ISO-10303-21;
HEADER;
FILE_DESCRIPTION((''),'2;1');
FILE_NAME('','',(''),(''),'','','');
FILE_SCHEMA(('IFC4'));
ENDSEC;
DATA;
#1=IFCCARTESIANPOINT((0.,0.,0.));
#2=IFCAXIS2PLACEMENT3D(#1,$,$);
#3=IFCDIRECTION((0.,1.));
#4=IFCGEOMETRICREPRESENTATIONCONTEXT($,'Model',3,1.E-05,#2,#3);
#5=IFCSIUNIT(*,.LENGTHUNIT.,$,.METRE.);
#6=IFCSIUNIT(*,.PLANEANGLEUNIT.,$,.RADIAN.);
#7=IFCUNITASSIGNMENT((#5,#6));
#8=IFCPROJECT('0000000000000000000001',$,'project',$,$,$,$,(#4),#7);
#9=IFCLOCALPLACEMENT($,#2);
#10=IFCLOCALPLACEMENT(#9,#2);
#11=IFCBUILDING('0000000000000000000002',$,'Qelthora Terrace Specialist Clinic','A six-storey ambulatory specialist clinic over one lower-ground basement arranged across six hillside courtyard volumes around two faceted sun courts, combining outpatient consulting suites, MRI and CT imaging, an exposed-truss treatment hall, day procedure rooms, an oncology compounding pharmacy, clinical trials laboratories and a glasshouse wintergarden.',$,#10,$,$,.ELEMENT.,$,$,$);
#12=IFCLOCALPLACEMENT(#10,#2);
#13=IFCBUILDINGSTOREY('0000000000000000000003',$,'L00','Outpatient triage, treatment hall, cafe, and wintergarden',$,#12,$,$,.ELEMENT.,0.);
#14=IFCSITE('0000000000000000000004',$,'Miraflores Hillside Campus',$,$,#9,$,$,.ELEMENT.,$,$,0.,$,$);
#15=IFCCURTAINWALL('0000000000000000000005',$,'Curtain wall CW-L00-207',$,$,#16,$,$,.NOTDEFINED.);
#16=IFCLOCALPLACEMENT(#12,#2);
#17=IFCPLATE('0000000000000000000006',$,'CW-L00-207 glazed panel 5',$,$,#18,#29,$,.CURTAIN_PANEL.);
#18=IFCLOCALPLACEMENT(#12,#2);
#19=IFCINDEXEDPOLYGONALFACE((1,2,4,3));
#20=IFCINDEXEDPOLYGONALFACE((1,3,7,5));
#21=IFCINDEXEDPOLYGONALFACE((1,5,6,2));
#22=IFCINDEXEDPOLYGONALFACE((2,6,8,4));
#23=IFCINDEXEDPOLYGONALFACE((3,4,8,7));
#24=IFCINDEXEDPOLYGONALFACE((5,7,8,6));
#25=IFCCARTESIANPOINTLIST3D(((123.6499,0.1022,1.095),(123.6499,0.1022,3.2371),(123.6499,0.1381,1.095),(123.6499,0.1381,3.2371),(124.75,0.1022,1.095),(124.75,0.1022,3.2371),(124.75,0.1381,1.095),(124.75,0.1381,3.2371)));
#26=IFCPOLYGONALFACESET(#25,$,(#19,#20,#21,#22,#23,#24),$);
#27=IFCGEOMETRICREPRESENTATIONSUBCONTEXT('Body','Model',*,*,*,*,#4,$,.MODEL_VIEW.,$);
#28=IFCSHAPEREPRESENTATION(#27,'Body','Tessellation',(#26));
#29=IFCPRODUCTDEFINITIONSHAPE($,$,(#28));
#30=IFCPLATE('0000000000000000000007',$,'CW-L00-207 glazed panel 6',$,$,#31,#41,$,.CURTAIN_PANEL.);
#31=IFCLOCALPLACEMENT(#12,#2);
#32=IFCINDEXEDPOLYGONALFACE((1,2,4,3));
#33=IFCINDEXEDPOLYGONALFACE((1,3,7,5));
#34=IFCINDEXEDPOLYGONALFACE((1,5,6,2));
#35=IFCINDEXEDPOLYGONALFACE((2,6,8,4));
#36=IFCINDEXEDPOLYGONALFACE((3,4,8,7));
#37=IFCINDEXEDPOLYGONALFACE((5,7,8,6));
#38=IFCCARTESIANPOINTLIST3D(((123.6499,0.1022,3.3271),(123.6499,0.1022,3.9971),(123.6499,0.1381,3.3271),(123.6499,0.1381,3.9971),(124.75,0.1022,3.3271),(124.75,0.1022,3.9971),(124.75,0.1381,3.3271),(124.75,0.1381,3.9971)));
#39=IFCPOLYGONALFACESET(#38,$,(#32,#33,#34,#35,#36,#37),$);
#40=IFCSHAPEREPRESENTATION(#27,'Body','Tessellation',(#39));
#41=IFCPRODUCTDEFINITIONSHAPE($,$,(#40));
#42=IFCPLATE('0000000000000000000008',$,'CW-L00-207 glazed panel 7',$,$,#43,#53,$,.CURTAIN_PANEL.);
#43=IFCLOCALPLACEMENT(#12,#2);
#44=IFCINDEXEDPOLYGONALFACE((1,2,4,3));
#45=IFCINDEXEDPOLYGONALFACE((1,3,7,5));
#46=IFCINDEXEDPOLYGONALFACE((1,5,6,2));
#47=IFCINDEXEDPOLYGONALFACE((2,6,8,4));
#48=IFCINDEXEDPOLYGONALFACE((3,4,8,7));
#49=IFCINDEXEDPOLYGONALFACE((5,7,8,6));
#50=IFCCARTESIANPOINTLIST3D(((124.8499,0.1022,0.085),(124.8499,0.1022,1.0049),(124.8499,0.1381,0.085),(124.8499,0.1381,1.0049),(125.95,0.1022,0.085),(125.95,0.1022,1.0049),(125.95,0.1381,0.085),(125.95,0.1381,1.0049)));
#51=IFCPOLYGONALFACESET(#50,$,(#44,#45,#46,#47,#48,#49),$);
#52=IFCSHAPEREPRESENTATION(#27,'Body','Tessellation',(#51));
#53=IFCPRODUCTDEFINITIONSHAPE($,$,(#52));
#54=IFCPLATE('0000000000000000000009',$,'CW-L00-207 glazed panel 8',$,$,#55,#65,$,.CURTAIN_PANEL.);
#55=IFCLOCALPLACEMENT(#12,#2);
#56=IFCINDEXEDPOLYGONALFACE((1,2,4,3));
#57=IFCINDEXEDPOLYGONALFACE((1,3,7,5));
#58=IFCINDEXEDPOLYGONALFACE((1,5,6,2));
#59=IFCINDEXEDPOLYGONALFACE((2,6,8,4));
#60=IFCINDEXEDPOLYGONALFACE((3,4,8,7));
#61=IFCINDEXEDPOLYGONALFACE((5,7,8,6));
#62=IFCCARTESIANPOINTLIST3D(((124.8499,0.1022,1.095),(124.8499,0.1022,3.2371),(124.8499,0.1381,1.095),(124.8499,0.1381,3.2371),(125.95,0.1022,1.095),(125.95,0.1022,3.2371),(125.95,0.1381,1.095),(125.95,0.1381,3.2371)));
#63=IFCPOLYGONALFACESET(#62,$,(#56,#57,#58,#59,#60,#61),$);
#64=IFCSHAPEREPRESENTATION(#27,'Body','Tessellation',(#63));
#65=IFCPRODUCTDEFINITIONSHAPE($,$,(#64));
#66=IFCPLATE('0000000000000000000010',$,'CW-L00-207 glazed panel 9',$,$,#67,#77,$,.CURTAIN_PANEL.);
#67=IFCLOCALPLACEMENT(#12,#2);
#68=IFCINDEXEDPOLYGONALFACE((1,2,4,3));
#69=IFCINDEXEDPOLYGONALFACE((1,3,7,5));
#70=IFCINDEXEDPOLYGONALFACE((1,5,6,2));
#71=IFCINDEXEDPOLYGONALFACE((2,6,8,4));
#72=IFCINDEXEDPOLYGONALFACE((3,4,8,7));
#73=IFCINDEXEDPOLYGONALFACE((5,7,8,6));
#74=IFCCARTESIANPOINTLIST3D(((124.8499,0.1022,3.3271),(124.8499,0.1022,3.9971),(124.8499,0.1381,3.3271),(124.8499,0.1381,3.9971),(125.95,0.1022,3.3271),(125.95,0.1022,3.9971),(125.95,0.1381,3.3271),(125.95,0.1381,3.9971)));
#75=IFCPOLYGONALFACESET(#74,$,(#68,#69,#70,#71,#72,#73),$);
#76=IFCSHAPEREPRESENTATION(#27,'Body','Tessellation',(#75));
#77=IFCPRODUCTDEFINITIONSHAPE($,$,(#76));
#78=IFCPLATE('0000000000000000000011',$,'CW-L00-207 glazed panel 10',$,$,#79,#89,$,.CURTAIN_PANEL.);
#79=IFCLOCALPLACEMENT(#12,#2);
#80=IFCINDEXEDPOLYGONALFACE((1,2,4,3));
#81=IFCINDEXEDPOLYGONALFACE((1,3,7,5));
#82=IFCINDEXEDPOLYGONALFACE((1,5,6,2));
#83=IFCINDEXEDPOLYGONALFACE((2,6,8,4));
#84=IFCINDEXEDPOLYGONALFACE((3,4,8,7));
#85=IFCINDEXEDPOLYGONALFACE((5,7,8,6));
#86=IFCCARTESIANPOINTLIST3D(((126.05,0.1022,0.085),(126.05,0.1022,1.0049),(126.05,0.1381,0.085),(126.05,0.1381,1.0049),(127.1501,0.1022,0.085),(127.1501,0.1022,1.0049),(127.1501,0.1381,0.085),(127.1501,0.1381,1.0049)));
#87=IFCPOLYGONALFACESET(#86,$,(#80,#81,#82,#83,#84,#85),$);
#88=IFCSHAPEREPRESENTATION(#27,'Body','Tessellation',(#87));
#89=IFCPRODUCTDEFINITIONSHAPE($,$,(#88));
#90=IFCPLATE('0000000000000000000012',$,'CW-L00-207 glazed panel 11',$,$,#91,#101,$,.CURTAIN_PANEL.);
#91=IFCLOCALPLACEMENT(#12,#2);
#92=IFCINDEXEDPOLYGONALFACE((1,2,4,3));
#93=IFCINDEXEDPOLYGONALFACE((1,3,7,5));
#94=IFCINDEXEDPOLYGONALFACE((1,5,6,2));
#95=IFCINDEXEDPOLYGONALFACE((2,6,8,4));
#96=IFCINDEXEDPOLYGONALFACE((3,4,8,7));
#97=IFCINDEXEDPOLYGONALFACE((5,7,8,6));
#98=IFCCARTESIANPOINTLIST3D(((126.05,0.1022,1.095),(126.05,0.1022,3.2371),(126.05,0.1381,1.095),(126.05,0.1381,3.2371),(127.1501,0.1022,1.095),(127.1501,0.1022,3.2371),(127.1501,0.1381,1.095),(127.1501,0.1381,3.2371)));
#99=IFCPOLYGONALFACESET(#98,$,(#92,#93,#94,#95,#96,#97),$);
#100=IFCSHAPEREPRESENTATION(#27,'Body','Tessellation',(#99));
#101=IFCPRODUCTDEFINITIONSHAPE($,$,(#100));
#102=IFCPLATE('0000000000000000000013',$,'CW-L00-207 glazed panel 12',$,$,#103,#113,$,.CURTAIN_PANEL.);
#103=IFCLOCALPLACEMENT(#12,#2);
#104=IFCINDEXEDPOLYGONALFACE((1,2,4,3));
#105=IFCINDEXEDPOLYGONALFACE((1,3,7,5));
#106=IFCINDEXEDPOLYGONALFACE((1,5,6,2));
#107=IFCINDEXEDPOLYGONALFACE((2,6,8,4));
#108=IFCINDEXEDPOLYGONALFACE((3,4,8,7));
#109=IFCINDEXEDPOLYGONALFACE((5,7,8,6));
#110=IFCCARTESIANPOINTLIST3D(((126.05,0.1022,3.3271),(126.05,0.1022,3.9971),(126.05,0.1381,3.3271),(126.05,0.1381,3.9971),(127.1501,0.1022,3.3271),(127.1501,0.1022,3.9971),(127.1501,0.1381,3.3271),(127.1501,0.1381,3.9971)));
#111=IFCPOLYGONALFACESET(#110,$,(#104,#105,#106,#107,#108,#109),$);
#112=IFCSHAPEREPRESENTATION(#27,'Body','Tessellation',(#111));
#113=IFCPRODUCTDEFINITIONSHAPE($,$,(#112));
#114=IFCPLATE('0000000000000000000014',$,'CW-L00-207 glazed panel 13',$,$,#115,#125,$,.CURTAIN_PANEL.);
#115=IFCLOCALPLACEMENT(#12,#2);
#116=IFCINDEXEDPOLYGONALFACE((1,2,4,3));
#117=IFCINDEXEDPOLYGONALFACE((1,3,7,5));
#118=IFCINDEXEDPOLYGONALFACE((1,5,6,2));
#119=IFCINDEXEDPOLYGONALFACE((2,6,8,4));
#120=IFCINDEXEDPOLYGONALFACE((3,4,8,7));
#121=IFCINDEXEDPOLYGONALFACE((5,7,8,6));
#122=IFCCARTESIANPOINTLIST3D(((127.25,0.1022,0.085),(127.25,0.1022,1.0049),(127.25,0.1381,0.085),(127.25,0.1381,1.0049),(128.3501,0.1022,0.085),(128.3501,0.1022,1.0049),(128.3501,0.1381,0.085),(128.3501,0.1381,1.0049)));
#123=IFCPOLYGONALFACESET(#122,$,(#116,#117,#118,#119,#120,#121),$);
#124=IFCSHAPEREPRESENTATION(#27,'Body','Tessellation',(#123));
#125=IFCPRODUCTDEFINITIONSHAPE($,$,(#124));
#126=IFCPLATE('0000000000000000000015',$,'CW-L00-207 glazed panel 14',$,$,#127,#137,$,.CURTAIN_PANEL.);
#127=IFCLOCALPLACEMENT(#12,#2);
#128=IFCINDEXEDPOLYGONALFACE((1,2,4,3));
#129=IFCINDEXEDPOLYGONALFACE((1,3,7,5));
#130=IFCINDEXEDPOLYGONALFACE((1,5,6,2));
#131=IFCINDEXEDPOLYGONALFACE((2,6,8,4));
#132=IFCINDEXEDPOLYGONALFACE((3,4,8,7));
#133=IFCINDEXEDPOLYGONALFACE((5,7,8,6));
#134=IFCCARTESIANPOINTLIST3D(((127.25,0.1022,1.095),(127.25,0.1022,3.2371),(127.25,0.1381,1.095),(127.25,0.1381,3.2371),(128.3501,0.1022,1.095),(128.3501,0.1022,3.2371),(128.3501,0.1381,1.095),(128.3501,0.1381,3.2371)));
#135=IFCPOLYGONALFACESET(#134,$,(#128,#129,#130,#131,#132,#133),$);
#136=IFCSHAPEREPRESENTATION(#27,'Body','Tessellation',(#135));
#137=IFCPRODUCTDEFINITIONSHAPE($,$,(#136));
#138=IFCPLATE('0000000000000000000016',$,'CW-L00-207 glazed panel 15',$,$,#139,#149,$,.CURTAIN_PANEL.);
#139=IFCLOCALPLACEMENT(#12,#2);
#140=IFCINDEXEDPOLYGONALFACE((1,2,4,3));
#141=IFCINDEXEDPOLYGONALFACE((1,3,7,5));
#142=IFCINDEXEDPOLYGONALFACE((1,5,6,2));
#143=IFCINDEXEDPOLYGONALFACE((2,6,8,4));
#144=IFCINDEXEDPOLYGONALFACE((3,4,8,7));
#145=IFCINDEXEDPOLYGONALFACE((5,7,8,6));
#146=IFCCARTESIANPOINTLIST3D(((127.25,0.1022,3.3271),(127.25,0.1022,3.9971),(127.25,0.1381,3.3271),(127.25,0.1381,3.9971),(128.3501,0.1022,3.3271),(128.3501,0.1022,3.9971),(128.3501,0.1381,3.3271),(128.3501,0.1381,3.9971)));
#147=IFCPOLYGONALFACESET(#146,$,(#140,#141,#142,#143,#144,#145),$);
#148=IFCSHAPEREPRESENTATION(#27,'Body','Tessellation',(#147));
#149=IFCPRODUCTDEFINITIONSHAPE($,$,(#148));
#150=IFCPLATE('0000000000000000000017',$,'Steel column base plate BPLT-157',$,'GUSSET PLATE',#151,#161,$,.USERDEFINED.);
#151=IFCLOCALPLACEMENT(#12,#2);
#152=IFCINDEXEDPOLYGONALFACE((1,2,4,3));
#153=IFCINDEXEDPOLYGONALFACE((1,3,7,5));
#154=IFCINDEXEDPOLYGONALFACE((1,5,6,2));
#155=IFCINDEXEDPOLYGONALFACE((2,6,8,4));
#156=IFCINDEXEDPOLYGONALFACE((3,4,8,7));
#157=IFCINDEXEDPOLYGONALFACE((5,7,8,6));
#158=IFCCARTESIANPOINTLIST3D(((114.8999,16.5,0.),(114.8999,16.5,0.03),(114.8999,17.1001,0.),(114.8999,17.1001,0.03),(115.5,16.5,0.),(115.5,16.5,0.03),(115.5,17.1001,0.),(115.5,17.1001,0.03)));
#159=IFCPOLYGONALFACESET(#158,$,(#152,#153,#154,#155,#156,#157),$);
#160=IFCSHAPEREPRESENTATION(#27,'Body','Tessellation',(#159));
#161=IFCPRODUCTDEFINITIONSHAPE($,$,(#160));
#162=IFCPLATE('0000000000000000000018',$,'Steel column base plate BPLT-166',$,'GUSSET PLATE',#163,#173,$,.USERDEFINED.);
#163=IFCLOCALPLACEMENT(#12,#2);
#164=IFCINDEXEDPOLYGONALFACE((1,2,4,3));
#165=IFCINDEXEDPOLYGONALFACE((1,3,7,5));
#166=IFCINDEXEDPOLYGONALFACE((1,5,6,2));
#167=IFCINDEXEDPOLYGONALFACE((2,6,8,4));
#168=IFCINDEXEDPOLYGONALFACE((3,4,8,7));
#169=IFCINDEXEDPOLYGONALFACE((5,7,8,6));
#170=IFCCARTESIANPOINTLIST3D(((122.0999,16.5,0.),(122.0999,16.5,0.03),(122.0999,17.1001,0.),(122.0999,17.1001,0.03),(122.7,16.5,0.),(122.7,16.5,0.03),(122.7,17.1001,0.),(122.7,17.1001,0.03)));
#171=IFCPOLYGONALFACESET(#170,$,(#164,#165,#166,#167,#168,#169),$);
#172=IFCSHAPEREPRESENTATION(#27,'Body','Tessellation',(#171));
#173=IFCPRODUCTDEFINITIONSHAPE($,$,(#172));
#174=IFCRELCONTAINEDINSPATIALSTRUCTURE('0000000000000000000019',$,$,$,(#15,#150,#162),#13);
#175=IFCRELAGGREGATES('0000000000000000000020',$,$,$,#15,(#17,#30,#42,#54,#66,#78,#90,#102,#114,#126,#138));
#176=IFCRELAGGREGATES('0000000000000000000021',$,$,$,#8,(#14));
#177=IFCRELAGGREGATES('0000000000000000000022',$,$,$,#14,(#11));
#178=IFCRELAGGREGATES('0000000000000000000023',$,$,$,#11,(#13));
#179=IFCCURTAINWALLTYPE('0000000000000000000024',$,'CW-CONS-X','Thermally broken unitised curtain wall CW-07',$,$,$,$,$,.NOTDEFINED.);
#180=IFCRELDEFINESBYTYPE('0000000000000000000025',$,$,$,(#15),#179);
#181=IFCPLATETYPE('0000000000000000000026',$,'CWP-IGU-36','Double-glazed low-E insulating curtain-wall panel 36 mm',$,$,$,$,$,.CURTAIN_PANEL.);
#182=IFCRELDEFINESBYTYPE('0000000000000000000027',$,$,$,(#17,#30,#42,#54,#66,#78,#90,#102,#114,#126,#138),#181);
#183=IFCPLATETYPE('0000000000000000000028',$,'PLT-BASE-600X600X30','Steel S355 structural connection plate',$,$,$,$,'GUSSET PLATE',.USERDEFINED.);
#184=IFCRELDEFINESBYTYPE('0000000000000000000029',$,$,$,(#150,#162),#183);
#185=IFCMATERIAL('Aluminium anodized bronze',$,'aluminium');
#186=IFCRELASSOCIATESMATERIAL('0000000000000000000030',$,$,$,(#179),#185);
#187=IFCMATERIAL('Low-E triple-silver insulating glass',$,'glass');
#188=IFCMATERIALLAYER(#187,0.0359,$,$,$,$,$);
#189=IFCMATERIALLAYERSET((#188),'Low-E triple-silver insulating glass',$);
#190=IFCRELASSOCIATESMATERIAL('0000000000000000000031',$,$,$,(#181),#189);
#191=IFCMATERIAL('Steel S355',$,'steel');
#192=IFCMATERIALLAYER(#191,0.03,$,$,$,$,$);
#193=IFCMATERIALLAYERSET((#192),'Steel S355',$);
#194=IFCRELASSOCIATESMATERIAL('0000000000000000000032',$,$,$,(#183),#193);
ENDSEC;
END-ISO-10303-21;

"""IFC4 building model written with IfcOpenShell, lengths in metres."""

from ifc_helpers import new_model, si_unit, direction, frame, origin, origin_2d, place, context, subcontext, project, spatial, rectangle, extrude, material, layer, layer_set, type_object, element, aggregate, save


model = new_model("IFC4")

# Units and contexts
model_context = context("Model", 3, precision=1e-05, world=origin(), true_north=direction((0.0, 1.0)))
body_context = subcontext(model_context, "Body", "Model", "MODEL_VIEW")
ifc_project = project(units=[si_unit("LENGTHUNIT", "METRE"), si_unit("PLANEANGLEUNIT", "RADIAN")], contexts=[model_context])

# Site, building, storey
site_placement = place(None, origin())
site = spatial("IfcSite", under=ifc_project, at=site_placement, Name="Miraflores Hillside Campus", CompositionType="ELEMENT", RefElevation=0.0)
building_placement = place(site_placement, origin())
building = spatial("IfcBuilding", under=site, at=building_placement, Name="Qelthora Terrace Specialist Clinic", Description="A six-storey ambulatory specialist clinic over one lower-ground basement arranged across six hillside courtyard volumes around two faceted sun courts, combining outpatient consulting suites, MRI and CT imaging, an exposed-truss treatment hall, day procedure rooms, an oncology compounding pharmacy, clinical trials laboratories and a glasshouse wintergarden.", CompositionType="ELEMENT")
storey_placement = place(building_placement, origin())
storey = spatial("IfcBuildingStorey", under=building, at=storey_placement, Name="L00", Description="Outpatient triage, treatment hall, cafe, and wintergarden", CompositionType="ELEMENT", Elevation=0.0)

# Shared definitions
ifc_material_1 = material(Name="Steel S355", Category="steel")

# Curtain wall, plates
ifc_material_2 = material(Name="Aluminium anodized bronze", Category="aluminium")
curtain_wall_type = type_object("IfcCurtainWallType", Name="CW-CONS-X", Description="Thermally broken unitised curtain wall CW-07", PredefinedType="NOTDEFINED", material=ifc_material_2)
curtain_wall_placement = place(storey_placement, origin())
curtain_wall = element("IfcCurtainWall", 1, at=curtain_wall_placement, inside=storey, type_object=curtain_wall_type, Name="Curtain wall CW-L00-207", PredefinedType="NOTDEFINED")
ifc_material_3 = material(Name="Low-E triple-silver insulating glass", Category="glass")
ifc_layer_1 = layer(ifc_material_3, 0.0359)
ifc_layer_set_1 = layer_set([ifc_layer_1], Name="Low-E triple-silver insulating glass")
plate_type_1 = type_object("IfcPlateType", Name="CWP-IGU-36", Description="Double-glazed low-E insulating curtain-wall panel 36 mm", PredefinedType="CURTAIN_PANEL", material=ifc_layer_set_1)
plate_1_placement = place(storey_placement, frame((124.2, 0.1201, 1.095), z_axis=(0.0, 0.0, 1.0), x_axis=(1.0, 0.0, 0.0)))
plate_1 = element("IfcPlate", 2, at=plate_1_placement, type_object=plate_type_1, Name="CW-L00-207 glazed panel 5", PredefinedType="CURTAIN_PANEL", context=body_context, shape_type="SweptSolid", body=[
    extrude(rectangle(XDim=1.1001, YDim=0.0359, at=origin_2d()), origin(), (0.0, 0.0, 1.0), 2.1421),
])
plate_2_placement = place(storey_placement, frame((124.2, 0.1201, 3.3271), z_axis=(0.0, 0.0, 1.0), x_axis=(1.0, 0.0, 0.0)))
plate_2 = element("IfcPlate", 3, at=plate_2_placement, type_object=plate_type_1, Name="CW-L00-207 glazed panel 6", PredefinedType="CURTAIN_PANEL", context=body_context, shape_type="SweptSolid", body=[
    extrude(rectangle(XDim=1.1001, YDim=0.0359, at=origin_2d()), origin(), (0.0, 0.0, 1.0), 0.6699),
])
plate_3_placement = place(storey_placement, frame((125.3999, 0.1201, 0.085), z_axis=(0.0, 0.0, 1.0), x_axis=(1.0, 0.0, 0.0)))
plate_3 = element("IfcPlate", 4, at=plate_3_placement, type_object=plate_type_1, Name="CW-L00-207 glazed panel 7", PredefinedType="CURTAIN_PANEL", context=body_context, shape_type="SweptSolid", body=[
    extrude(rectangle(XDim=1.1001, YDim=0.0359, at=origin_2d()), origin(), (0.0, 0.0, 1.0), 0.9199),
])
plate_4_placement = place(storey_placement, frame((125.3999, 0.1201, 1.095), z_axis=(0.0, 0.0, 1.0), x_axis=(1.0, 0.0, 0.0)))
plate_4 = element("IfcPlate", 5, at=plate_4_placement, type_object=plate_type_1, Name="CW-L00-207 glazed panel 8", PredefinedType="CURTAIN_PANEL", context=body_context, shape_type="SweptSolid", body=[
    extrude(rectangle(XDim=1.1001, YDim=0.0359, at=origin_2d()), origin(), (0.0, 0.0, 1.0), 2.1421),
])
plate_5_placement = place(storey_placement, frame((125.3999, 0.1201, 3.3271), z_axis=(0.0, 0.0, 1.0), x_axis=(1.0, 0.0, 0.0)))
plate_5 = element("IfcPlate", 6, at=plate_5_placement, type_object=plate_type_1, Name="CW-L00-207 glazed panel 9", PredefinedType="CURTAIN_PANEL", context=body_context, shape_type="SweptSolid", body=[
    extrude(rectangle(XDim=1.1001, YDim=0.0359, at=origin_2d()), origin(), (0.0, 0.0, 1.0), 0.6699),
])
plate_6_placement = place(storey_placement, frame((126.6001, 0.1201, 0.085), z_axis=(0.0, 0.0, 1.0), x_axis=(1.0, 0.0, 0.0)))
plate_6 = element("IfcPlate", 7, at=plate_6_placement, type_object=plate_type_1, Name="CW-L00-207 glazed panel 10", PredefinedType="CURTAIN_PANEL", context=body_context, shape_type="SweptSolid", body=[
    extrude(rectangle(XDim=1.1001, YDim=0.0359, at=origin_2d()), origin(), (0.0, 0.0, 1.0), 0.9199),
])
plate_7_placement = place(storey_placement, frame((126.6001, 0.1201, 1.095), z_axis=(0.0, 0.0, 1.0), x_axis=(1.0, 0.0, 0.0)))
plate_7 = element("IfcPlate", 8, at=plate_7_placement, type_object=plate_type_1, Name="CW-L00-207 glazed panel 11", PredefinedType="CURTAIN_PANEL", context=body_context, shape_type="SweptSolid", body=[
    extrude(rectangle(XDim=1.1001, YDim=0.0359, at=origin_2d()), origin(), (0.0, 0.0, 1.0), 2.1421),
])
plate_8_placement = place(storey_placement, frame((126.6001, 0.1201, 3.3271), z_axis=(0.0, 0.0, 1.0), x_axis=(1.0, 0.0, 0.0)))
plate_8 = element("IfcPlate", 9, at=plate_8_placement, type_object=plate_type_1, Name="CW-L00-207 glazed panel 12", PredefinedType="CURTAIN_PANEL", context=body_context, shape_type="SweptSolid", body=[
    extrude(rectangle(XDim=1.1001, YDim=0.0359, at=origin_2d()), origin(), (0.0, 0.0, 1.0), 0.6699),
])
plate_9_placement = place(storey_placement, frame((127.8, 0.1201, 0.085), z_axis=(0.0, 0.0, 1.0), x_axis=(1.0, 0.0, 0.0)))
plate_9 = element("IfcPlate", 10, at=plate_9_placement, type_object=plate_type_1, Name="CW-L00-207 glazed panel 13", PredefinedType="CURTAIN_PANEL", context=body_context, shape_type="SweptSolid", body=[
    extrude(rectangle(XDim=1.1001, YDim=0.0359, at=origin_2d()), origin(), (0.0, 0.0, 1.0), 0.9199),
])
plate_10_placement = place(storey_placement, frame((127.8, 0.1201, 1.095), z_axis=(0.0, 0.0, 1.0), x_axis=(1.0, 0.0, 0.0)))
plate_10 = element("IfcPlate", 11, at=plate_10_placement, type_object=plate_type_1, Name="CW-L00-207 glazed panel 14", PredefinedType="CURTAIN_PANEL", context=body_context, shape_type="SweptSolid", body=[
    extrude(rectangle(XDim=1.1001, YDim=0.0359, at=origin_2d()), origin(), (0.0, 0.0, 1.0), 2.1421),
])
plate_11_placement = place(storey_placement, frame((127.8, 0.1201, 3.3271), z_axis=(0.0, 0.0, 1.0), x_axis=(1.0, 0.0, 0.0)))
plate_11 = element("IfcPlate", 12, at=plate_11_placement, type_object=plate_type_1, Name="CW-L00-207 glazed panel 15", PredefinedType="CURTAIN_PANEL", context=body_context, shape_type="SweptSolid", body=[
    extrude(rectangle(XDim=1.1001, YDim=0.0359, at=origin_2d()), origin(), (0.0, 0.0, 1.0), 0.6699),
])
aggregate(curtain_wall, [plate_1, plate_2, plate_3, plate_4, plate_5, plate_6, plate_7, plate_8, plate_9, plate_10, plate_11])

# Plates
ifc_layer_2 = layer(ifc_material_1, 0.03)
ifc_layer_set_2 = layer_set([ifc_layer_2], Name="Steel S355")
plate_type_2 = type_object("IfcPlateType", Name="PLT-BASE-600X600X30", Description="Steel S355 structural connection plate", ElementType="GUSSET PLATE", PredefinedType="USERDEFINED", material=ifc_layer_set_2)
for number, where, z_axis, x_axis, name in (
    (13, (115.2, 16.8, 0.0), (0.0, 0.0, 1.0), (1.0, 0.0, 0.0), "Steel column base plate BPLT-157"),
    (14, (122.3999, 16.8, 0.0), (0.0, 0.0, 1.0), (1.0, 0.0, 0.0), "Steel column base plate BPLT-166"),
):
    element("IfcPlate", number, at=place(storey_placement, frame(where, z_axis=z_axis, x_axis=x_axis)), inside=storey, type_object=plate_type_2, Name=name, ObjectType="GUSSET PLATE", PredefinedType="USERDEFINED", context=body_context, shape_type="SweptSolid", body=[
        extrude(rectangle(XDim=0.6001, YDim=0.6001, at=origin_2d()), origin(), (0.0, 0.0, 1.0), 0.03),
    ])

save(model, "model.ifc")
